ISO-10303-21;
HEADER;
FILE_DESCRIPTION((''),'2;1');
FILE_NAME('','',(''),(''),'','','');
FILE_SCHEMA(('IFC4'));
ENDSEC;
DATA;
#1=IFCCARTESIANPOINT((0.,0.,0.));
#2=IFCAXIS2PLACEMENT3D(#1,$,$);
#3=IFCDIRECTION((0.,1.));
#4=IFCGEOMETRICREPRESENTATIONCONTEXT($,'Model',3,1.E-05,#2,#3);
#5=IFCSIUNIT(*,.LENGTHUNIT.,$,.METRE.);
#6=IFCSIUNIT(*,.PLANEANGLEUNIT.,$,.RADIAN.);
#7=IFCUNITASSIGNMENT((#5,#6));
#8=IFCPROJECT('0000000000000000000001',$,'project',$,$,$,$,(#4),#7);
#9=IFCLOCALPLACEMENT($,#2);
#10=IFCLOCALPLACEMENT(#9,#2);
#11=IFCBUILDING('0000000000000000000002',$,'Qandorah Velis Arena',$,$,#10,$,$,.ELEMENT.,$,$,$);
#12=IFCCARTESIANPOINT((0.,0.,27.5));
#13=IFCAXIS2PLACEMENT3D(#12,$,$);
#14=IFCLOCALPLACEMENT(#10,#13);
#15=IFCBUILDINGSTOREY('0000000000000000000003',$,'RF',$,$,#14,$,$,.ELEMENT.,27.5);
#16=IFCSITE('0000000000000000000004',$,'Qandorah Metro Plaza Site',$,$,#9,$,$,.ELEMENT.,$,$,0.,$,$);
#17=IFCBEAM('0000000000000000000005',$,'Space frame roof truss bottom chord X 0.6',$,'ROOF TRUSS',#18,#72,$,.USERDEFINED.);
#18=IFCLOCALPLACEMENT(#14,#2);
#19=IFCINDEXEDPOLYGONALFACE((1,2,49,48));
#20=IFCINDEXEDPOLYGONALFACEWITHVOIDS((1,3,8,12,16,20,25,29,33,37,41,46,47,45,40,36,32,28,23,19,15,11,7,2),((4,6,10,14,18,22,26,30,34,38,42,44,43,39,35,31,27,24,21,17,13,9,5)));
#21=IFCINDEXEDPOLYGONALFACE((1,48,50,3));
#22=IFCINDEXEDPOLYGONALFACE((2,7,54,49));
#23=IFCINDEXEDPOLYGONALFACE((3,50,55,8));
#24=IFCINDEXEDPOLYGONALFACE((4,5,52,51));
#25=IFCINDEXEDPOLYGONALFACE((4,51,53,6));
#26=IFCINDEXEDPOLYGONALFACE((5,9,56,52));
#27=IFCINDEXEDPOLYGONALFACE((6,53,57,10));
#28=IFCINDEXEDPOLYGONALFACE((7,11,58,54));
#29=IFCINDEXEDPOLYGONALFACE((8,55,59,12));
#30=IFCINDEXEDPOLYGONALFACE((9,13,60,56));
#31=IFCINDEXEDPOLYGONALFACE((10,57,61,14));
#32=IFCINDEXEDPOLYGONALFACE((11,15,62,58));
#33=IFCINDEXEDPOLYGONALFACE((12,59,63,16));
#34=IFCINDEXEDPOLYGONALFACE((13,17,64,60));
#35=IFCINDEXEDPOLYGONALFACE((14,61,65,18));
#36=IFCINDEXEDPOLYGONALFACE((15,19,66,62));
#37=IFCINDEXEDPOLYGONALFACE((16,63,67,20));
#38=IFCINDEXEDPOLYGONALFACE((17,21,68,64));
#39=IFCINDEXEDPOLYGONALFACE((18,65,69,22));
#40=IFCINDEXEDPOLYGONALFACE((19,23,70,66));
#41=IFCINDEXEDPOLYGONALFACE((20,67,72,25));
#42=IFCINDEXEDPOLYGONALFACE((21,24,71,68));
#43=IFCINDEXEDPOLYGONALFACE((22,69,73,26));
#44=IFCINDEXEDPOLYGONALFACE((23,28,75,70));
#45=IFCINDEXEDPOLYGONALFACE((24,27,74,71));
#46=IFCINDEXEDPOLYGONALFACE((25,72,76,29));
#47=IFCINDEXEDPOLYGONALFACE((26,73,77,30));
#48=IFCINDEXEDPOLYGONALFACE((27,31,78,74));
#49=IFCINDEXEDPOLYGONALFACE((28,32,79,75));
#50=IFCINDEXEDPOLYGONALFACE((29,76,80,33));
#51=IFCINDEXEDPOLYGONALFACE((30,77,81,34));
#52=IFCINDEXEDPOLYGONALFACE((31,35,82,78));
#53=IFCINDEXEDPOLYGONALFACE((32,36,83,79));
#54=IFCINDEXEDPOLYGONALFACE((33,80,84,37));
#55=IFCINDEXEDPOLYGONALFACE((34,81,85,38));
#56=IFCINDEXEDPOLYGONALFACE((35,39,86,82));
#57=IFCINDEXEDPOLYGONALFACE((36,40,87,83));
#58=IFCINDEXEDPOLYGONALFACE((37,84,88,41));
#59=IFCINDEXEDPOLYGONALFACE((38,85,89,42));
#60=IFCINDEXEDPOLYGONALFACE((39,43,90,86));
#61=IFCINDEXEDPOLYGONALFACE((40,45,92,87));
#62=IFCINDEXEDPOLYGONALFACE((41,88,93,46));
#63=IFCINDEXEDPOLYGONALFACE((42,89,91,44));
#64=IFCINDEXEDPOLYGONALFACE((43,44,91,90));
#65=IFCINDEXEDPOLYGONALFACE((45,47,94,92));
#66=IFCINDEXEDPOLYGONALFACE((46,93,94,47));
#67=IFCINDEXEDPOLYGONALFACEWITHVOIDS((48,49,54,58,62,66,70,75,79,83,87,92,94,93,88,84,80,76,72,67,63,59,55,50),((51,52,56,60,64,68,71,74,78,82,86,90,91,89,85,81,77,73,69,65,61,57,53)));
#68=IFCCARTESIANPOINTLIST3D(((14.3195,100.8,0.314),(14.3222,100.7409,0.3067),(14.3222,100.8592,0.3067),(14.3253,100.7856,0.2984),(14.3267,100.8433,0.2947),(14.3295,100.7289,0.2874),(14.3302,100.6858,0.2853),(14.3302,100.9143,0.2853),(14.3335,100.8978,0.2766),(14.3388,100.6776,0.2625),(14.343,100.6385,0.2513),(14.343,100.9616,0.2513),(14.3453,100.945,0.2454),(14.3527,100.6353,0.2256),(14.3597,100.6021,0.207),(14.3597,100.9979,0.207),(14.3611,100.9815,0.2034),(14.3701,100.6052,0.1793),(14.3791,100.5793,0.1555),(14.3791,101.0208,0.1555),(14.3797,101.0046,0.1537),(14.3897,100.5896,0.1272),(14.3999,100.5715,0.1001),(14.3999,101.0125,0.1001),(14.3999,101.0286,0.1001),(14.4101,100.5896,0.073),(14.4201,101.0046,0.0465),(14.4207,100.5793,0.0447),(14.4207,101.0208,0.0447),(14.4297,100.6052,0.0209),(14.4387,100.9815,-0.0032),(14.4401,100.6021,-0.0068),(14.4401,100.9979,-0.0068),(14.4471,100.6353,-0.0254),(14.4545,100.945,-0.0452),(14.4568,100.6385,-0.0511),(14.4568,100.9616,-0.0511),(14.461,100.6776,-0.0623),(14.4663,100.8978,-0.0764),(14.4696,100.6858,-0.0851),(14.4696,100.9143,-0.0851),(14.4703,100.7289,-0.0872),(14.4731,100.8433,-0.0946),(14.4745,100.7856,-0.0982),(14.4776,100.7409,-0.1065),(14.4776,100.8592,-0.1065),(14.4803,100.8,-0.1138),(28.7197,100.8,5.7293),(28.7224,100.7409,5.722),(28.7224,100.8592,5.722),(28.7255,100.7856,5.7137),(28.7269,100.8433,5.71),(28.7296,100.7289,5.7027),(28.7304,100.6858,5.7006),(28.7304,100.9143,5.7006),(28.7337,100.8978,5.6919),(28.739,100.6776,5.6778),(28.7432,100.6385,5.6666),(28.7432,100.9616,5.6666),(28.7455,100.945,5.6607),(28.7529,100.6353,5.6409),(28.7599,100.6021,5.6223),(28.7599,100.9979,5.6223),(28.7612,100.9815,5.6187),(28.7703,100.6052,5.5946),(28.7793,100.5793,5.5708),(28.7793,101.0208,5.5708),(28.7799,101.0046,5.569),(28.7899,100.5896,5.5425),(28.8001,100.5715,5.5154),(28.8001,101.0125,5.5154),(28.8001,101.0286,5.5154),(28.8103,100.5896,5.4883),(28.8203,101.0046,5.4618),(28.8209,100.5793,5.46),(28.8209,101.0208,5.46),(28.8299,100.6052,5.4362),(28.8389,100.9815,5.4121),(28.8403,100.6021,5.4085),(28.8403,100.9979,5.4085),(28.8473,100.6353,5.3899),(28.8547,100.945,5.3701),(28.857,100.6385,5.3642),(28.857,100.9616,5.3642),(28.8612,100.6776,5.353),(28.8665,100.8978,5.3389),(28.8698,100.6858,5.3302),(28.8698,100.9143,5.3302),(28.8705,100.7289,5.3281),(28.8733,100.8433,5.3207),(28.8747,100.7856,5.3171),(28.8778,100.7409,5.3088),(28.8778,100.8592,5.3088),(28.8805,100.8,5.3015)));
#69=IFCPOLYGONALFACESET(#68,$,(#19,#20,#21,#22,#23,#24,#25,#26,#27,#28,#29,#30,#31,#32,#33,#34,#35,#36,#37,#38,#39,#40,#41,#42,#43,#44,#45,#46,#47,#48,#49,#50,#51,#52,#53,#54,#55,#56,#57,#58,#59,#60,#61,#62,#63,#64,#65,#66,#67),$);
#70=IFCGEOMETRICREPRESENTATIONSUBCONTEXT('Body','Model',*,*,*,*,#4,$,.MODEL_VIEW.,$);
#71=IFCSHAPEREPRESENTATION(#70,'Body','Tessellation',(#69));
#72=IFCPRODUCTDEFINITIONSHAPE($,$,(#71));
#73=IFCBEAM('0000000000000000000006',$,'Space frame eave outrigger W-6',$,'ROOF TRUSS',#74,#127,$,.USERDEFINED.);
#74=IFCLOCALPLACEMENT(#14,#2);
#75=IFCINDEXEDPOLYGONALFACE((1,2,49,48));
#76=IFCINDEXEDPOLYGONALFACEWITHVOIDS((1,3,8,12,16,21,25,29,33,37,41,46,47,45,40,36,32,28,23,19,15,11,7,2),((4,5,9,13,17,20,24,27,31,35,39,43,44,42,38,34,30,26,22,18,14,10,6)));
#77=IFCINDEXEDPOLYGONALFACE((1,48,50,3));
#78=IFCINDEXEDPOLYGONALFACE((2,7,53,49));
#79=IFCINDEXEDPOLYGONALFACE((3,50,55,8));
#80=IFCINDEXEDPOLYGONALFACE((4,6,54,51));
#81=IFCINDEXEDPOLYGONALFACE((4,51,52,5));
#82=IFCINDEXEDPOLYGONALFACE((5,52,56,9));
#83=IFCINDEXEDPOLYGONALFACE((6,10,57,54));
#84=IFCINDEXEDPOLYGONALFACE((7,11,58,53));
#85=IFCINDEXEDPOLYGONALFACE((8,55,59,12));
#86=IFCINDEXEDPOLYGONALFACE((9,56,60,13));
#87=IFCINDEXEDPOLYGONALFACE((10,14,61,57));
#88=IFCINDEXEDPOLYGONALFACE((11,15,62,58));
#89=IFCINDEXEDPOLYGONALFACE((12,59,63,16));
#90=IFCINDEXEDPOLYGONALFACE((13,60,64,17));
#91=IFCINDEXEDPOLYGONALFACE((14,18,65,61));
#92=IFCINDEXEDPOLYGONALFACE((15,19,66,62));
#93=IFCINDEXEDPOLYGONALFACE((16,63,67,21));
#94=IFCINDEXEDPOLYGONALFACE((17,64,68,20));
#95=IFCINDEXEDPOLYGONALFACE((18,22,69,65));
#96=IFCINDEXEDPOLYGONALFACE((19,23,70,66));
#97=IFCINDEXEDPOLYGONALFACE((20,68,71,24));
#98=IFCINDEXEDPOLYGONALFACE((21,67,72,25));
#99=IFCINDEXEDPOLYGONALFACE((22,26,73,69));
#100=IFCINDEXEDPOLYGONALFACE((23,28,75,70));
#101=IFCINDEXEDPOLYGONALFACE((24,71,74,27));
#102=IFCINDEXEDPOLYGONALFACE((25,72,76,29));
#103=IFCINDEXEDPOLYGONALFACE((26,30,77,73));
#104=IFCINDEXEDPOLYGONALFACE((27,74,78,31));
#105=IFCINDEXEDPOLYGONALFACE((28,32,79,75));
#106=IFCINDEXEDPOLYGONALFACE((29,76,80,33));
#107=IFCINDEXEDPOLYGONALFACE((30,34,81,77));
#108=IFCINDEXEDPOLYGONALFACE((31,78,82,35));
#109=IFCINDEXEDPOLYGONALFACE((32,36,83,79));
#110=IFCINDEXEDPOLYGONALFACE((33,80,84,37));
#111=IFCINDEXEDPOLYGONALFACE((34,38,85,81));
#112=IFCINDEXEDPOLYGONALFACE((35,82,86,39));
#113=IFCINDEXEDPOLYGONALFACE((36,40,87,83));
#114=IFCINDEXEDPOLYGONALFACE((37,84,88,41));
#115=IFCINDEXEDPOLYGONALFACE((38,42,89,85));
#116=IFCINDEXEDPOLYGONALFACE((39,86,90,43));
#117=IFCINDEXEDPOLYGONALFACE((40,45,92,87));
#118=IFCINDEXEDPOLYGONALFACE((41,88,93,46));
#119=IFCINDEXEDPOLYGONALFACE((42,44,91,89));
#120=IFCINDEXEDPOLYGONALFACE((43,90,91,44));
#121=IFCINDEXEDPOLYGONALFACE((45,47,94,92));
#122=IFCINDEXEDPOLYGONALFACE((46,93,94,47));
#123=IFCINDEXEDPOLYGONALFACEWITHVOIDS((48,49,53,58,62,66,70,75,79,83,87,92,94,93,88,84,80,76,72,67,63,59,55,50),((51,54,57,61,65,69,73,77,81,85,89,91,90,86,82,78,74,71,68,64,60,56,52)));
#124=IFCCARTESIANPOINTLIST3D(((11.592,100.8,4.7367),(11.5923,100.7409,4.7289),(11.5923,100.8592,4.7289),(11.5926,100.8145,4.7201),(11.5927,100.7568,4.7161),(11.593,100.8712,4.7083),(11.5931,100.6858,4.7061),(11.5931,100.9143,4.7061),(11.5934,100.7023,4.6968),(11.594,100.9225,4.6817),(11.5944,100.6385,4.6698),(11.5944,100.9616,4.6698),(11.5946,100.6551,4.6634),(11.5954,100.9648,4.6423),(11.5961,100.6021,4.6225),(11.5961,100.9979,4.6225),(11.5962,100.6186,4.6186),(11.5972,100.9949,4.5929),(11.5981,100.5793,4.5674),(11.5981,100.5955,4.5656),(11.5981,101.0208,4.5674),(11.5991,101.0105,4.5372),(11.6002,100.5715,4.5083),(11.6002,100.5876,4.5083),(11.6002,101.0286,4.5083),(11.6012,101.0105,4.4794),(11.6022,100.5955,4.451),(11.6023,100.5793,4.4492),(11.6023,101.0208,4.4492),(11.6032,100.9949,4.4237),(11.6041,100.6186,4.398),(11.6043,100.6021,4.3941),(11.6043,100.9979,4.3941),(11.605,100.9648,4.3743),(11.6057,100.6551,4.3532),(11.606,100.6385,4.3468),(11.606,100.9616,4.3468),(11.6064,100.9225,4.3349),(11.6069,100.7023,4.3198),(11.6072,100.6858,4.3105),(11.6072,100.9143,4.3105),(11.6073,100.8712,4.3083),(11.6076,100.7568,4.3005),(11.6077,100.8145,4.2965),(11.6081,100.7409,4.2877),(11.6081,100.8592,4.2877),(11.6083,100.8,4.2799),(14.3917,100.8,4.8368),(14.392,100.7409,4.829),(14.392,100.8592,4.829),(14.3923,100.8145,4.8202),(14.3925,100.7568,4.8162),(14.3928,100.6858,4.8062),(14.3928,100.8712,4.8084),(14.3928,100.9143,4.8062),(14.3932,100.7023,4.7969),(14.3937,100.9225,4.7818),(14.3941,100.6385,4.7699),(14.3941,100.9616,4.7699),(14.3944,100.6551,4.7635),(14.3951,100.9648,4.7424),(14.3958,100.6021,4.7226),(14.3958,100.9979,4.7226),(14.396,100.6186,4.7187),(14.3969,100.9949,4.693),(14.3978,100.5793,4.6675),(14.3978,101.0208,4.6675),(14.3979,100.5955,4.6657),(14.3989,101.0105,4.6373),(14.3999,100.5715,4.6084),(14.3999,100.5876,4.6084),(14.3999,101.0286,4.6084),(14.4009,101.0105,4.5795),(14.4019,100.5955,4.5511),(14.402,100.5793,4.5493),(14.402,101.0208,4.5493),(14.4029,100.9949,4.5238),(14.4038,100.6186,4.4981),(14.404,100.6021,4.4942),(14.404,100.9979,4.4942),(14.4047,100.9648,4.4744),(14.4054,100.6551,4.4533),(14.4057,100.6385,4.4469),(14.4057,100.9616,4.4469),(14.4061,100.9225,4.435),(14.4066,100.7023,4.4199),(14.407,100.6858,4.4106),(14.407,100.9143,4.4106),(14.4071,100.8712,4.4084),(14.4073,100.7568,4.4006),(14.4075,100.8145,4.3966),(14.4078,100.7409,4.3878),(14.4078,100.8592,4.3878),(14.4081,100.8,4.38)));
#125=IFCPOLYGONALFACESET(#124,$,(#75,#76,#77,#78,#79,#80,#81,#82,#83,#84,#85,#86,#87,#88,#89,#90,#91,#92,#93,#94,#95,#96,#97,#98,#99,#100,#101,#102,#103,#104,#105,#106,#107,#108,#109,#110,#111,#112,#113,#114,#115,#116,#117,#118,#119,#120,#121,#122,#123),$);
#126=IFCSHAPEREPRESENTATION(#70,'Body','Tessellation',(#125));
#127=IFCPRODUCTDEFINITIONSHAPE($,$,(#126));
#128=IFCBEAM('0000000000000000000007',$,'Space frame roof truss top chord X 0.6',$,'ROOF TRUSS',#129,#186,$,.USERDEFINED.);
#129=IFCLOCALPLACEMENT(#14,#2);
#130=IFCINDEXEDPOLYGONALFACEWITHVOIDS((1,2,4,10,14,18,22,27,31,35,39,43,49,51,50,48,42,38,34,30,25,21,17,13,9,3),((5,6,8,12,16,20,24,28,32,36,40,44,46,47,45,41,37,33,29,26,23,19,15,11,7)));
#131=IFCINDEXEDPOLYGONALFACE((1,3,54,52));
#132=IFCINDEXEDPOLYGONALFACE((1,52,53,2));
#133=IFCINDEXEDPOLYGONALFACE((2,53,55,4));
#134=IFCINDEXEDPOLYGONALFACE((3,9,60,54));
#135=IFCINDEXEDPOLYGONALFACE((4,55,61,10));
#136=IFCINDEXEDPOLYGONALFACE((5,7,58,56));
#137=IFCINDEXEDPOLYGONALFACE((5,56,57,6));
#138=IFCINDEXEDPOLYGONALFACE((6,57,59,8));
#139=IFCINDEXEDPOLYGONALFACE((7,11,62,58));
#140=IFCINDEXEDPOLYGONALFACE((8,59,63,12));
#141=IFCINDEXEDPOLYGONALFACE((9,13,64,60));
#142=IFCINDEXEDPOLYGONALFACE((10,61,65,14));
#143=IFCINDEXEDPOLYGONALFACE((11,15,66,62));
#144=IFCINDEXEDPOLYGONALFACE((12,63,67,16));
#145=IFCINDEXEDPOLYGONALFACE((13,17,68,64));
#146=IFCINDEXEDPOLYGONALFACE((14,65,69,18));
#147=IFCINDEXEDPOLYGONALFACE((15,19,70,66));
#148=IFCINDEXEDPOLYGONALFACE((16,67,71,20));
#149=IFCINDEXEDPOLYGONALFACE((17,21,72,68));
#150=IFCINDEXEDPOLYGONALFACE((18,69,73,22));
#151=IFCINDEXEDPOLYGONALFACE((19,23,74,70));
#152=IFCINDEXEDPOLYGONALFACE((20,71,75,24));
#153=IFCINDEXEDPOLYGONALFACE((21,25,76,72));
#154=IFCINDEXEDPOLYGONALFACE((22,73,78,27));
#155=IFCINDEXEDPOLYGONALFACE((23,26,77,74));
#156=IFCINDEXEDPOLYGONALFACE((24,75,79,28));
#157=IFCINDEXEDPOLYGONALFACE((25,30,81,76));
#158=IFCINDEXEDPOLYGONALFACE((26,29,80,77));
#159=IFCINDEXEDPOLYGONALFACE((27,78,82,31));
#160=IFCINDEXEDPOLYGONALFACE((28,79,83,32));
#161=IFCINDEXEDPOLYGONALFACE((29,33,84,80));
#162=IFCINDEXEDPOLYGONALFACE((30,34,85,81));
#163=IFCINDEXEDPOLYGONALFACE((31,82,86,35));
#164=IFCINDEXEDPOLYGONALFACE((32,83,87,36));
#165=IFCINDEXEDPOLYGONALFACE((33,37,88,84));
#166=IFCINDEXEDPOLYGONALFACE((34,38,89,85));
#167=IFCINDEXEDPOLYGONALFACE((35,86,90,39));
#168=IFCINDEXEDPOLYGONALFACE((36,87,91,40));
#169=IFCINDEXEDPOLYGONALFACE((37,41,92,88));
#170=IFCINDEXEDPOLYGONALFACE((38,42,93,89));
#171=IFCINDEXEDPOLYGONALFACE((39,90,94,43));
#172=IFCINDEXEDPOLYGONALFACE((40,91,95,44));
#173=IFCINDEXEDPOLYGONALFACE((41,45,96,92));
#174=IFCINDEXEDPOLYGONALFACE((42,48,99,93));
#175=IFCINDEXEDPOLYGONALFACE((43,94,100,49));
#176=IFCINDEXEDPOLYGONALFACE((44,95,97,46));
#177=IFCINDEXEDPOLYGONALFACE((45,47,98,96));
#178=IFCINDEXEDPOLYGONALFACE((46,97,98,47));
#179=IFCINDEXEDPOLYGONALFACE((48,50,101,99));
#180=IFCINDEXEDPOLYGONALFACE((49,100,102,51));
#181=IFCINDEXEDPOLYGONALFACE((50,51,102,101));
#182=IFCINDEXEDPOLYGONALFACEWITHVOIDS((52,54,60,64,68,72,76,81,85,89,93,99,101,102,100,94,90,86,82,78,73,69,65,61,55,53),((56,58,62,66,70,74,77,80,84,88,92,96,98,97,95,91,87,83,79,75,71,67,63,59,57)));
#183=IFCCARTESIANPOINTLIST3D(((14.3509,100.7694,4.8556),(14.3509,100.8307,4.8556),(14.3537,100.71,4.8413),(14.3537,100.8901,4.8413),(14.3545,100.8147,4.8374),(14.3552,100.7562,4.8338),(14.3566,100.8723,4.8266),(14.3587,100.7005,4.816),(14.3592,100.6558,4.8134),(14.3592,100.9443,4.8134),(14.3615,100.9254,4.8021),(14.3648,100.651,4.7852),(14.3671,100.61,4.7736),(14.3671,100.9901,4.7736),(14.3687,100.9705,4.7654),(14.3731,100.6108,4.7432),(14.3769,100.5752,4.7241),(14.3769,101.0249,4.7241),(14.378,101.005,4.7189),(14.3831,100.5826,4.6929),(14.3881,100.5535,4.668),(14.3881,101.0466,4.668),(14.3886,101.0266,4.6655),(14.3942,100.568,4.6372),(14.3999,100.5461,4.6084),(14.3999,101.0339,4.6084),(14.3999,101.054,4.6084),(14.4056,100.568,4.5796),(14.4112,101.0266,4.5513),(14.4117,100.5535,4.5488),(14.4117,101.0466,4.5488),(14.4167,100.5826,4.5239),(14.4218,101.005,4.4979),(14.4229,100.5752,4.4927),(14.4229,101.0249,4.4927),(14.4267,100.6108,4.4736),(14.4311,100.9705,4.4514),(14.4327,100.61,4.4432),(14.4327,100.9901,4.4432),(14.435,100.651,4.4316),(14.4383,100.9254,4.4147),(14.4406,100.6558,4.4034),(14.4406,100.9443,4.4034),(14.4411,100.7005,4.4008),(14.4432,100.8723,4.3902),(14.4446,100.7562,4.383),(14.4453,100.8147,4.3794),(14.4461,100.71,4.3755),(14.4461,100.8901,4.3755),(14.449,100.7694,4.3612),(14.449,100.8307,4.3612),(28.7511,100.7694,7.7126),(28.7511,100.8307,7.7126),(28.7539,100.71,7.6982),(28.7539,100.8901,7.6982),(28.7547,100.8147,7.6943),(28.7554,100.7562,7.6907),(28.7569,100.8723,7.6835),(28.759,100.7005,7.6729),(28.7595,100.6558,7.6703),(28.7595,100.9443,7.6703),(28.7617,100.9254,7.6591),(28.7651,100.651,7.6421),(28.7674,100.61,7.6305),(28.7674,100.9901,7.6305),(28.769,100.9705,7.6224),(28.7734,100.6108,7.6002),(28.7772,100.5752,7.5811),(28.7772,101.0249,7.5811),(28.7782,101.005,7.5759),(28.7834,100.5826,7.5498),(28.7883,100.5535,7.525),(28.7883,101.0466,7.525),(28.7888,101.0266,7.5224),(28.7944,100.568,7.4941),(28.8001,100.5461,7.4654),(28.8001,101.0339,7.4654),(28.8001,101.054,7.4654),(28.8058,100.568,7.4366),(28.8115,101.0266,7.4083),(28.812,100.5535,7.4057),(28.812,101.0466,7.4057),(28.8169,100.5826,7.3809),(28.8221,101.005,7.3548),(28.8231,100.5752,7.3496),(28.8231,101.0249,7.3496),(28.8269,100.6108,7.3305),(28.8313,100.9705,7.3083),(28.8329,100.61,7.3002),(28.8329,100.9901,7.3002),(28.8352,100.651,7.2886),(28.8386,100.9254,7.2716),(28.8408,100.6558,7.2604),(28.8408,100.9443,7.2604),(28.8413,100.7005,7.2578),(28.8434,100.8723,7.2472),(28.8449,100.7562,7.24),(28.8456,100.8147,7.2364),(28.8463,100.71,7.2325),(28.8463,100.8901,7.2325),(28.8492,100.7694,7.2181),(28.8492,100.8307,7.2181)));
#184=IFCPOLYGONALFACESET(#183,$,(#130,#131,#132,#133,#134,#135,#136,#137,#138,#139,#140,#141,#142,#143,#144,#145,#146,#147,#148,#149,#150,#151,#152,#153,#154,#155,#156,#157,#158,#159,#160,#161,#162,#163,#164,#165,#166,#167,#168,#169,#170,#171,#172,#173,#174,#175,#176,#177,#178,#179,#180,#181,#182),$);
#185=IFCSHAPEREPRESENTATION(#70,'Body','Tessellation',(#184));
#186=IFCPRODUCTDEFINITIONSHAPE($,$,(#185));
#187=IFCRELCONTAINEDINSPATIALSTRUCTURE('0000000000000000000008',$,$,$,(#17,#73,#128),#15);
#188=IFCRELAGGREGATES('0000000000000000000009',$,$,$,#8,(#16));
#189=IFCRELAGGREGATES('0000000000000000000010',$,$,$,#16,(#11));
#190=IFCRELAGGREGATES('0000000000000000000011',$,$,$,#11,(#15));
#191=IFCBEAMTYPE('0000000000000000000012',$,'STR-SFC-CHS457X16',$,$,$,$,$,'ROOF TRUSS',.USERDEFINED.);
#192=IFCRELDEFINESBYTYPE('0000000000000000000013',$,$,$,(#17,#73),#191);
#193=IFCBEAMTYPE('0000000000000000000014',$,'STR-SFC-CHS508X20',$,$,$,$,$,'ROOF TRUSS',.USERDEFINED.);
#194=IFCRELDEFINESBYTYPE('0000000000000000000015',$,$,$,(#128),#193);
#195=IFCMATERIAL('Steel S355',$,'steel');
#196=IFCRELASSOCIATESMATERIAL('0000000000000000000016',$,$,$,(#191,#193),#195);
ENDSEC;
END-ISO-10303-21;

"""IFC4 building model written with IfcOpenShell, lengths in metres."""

from ifc_helpers import new_model, si_unit, direction, frame, origin, origin_2d, place, context, subcontext, project, spatial, hollow_circle, extrude, material, material_profile, profile_set, type_object, element, save


model = new_model("IFC4")

# Units and contexts
model_context = context("Model", 3, precision=1e-05, world=origin(), true_north=direction((0.0, 1.0)))
body_context = subcontext(model_context, "Body", "Model", "MODEL_VIEW")
ifc_project = project(units=[si_unit("LENGTHUNIT", "METRE"), si_unit("PLANEANGLEUNIT", "RADIAN")], contexts=[model_context])

# Site, building, storey
site_placement = place(None, origin())
site = spatial("IfcSite", under=ifc_project, at=site_placement, Name="Qandorah Metro Plaza Site", CompositionType="ELEMENT", RefElevation=0.0)
building_placement = place(site_placement, origin())
building = spatial("IfcBuilding", under=site, at=building_placement, Name="Qandorah Velis Arena", CompositionType="ELEMENT")
storey_placement = place(building_placement, frame((0.0, 0.0, 27.5)))
storey = spatial("IfcBuildingStorey", under=building, at=storey_placement, Name="RF", CompositionType="ELEMENT", Elevation=27.5)

# Shared definitions
ifc_material_1 = material(Name="Steel S355", Category="steel")

# Beams
ifc_material_profile_1 = material_profile(ifc_material_1, hollow_circle(Radius=0.2285, WallThickness=0.0161, at=origin_2d()), Name="CHS 457x16")
ifc_profile_set_1 = profile_set([ifc_material_profile_1], Name="Steel S355")
beam_type_1 = type_object("IfcBeamType", Name="STR-SFC-CHS457X16", ElementType="ROOF TRUSS", PredefinedType="USERDEFINED", material=ifc_profile_set_1)
beam_1_placement = place(storey_placement, frame((14.3999, 100.8, 0.1001), z_axis=(0.936003, 0.0, 0.351991), x_axis=(0.0, 1.0, 0.0)))
element("IfcBeam", 1, at=beam_1_placement, inside=storey, type_object=beam_type_1, Name="Space frame roof truss bottom chord X 0.6", ObjectType="ROOF TRUSS", PredefinedType="USERDEFINED", context=body_context, shape_type="SweptSolid", body=[
    extrude(hollow_circle(Radius=0.2285, WallThickness=0.0161, at=origin_2d()), origin(), (0.0, 0.0, 1.0), 15.3848),
])
beam_2_placement = place(storey_placement, frame((14.3999, 100.8, 4.6084), z_axis=(-0.999362, 0.0, -0.035729), x_axis=(0.0, -1.0, 0.0)))
element("IfcBeam", 2, at=beam_2_placement, inside=storey, type_object=beam_type_1, Name="Space frame eave outrigger W-6", ObjectType="ROOF TRUSS", PredefinedType="USERDEFINED", context=body_context, shape_type="SweptSolid", body=[
    extrude(hollow_circle(Radius=0.2285, WallThickness=0.0161, at=origin_2d()), origin(), (0.0, 0.0, 1.0), 2.8015),
])
ifc_material_profile_2 = material_profile(ifc_material_1, hollow_circle(Radius=0.2539, WallThickness=0.02, at=origin_2d()), Name="CHS 508x20")
ifc_profile_set_2 = profile_set([ifc_material_profile_2], Name="Steel S355")
beam_type_2 = type_object("IfcBeamType", Name="STR-SFC-CHS508X20", ElementType="ROOF TRUSS", PredefinedType="USERDEFINED", material=ifc_profile_set_2)
beam_3_placement = place(storey_placement, frame((14.3999, 100.8, 4.6084), z_axis=(0.980882, 0.0, 0.194603), x_axis=(0.0, 1.0, 0.0)))
element("IfcBeam", 3, at=beam_3_placement, inside=storey, type_object=beam_type_2, Name="Space frame roof truss top chord X 0.6", ObjectType="ROOF TRUSS", PredefinedType="USERDEFINED", context=body_context, shape_type="SweptSolid", body=[
    extrude(hollow_circle(Radius=0.2539, WallThickness=0.02, at=origin_2d()), origin(), (0.0, 0.0, 1.0), 14.6809),
])

save(model, "model.ifc")
